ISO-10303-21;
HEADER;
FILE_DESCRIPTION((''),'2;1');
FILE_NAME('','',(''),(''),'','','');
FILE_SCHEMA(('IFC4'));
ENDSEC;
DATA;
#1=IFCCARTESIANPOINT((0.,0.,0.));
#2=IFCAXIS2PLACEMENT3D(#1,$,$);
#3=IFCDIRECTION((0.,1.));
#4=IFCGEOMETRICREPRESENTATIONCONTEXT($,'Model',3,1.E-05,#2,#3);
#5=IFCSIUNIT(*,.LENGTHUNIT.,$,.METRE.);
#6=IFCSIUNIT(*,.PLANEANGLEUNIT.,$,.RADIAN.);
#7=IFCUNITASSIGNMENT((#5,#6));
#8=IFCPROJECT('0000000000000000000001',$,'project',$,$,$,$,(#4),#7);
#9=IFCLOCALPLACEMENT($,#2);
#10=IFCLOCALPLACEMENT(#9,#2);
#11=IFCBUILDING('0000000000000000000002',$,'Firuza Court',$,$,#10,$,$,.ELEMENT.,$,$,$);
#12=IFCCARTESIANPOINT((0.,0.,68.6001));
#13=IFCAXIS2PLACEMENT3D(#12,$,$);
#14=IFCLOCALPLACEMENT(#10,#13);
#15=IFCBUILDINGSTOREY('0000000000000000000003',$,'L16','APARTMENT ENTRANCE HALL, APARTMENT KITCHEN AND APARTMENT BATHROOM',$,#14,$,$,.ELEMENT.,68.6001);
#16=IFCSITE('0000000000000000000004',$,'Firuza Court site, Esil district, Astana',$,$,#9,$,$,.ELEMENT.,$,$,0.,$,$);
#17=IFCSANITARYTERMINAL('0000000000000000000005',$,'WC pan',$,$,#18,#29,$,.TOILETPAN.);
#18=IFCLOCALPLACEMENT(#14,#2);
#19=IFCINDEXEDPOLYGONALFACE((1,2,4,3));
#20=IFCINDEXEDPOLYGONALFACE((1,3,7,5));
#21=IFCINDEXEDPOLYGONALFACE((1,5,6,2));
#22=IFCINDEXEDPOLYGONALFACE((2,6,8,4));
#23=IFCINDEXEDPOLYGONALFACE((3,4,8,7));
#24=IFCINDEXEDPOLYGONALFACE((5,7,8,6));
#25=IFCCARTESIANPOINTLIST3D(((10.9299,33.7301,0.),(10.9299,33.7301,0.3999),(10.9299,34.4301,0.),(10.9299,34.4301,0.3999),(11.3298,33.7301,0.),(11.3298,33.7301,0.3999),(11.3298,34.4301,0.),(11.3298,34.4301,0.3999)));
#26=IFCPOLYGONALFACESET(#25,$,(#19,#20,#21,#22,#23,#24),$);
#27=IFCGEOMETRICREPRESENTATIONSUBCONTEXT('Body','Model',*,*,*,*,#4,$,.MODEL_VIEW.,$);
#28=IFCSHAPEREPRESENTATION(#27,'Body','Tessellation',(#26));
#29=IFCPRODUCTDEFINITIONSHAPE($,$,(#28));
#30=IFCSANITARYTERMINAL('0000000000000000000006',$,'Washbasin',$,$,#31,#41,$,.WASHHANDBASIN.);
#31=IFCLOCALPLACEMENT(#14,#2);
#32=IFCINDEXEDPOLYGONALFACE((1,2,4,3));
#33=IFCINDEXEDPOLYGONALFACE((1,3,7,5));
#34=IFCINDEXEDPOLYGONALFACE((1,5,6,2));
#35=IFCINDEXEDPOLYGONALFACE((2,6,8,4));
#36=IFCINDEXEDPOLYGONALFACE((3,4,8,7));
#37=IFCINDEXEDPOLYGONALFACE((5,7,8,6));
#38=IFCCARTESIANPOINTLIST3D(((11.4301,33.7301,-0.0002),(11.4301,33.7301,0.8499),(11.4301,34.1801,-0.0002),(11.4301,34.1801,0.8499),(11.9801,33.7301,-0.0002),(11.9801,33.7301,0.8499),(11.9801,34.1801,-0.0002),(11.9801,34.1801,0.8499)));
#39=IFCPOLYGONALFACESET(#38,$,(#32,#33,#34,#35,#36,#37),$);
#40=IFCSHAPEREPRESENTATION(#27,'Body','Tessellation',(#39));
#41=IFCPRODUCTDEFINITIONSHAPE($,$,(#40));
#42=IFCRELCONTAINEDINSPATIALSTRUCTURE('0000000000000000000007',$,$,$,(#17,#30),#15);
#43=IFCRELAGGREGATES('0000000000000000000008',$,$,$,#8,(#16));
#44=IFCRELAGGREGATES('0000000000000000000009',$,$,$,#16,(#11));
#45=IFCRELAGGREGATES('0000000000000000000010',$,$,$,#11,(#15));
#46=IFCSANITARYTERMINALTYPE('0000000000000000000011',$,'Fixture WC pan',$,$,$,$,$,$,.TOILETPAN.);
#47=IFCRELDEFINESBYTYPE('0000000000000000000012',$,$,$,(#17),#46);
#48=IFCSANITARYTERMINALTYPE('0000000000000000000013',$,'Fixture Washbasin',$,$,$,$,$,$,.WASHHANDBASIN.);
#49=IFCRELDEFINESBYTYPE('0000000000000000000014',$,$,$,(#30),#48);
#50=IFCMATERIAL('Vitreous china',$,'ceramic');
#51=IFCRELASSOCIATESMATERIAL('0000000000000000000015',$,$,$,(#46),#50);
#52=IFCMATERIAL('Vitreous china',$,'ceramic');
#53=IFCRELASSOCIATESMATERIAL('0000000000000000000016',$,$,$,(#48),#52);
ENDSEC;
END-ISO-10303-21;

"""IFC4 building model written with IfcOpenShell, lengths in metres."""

from ifc_helpers import new_model, si_unit, direction, frame, origin, origin_2d, place, context, subcontext, project, spatial, rectangle, extrude, material, type_object, element, save


model = new_model("IFC4")

# Units and contexts
model_context = context("Model", 3, precision=1e-05, world=origin(), true_north=direction((0.0, 1.0)))
body_context = subcontext(model_context, "Body", "Model", "MODEL_VIEW")
ifc_project = project(units=[si_unit("LENGTHUNIT", "METRE"), si_unit("PLANEANGLEUNIT", "RADIAN")], contexts=[model_context])

# Site, building, storey
site_placement = place(None, origin())
site = spatial("IfcSite", under=ifc_project, at=site_placement, Name="Firuza Court site, Esil district, Astana", CompositionType="ELEMENT", RefElevation=0.0)
building_placement = place(site_placement, origin())
building = spatial("IfcBuilding", under=site, at=building_placement, Name="Firuza Court", CompositionType="ELEMENT")
storey_placement = place(building_placement, frame((0.0, 0.0, 68.6001)))
storey = spatial("IfcBuildingStorey", under=building, at=storey_placement, Name="L16", Description="APARTMENT ENTRANCE HALL, APARTMENT KITCHEN AND APARTMENT BATHROOM", CompositionType="ELEMENT", Elevation=68.6001)

# Sanitary terminals
ifc_material_1 = material(Name="Vitreous china", Category="ceramic")
sanitary_terminal_type_1 = type_object("IfcSanitaryTerminalType", Name="Fixture WC pan", PredefinedType="TOILETPAN", material=ifc_material_1)
sanitary_terminal_1_placement = place(storey_placement, frame((11.1299, 34.0801, 0.0), z_axis=(0.0, 0.0, 1.0), x_axis=(1.0, 0.0, 0.0)))
element("IfcSanitaryTerminal", 1, at=sanitary_terminal_1_placement, inside=storey, type_object=sanitary_terminal_type_1, Name="WC pan", PredefinedType="TOILETPAN", context=body_context, shape_type="SweptSolid", body=[
    extrude(rectangle(XDim=0.3999, YDim=0.7, at=origin_2d()), origin(), (0.0, 0.0, 1.0), 0.3999),
])
ifc_material_2 = material(Name="Vitreous china", Category="ceramic")
sanitary_terminal_type_2 = type_object("IfcSanitaryTerminalType", Name="Fixture Washbasin", PredefinedType="WASHHANDBASIN", material=ifc_material_2)
sanitary_terminal_2_placement = place(storey_placement, frame((11.7051, 33.9551, -0.0002), z_axis=(0.0, 0.0, 1.0), x_axis=(1.0, 0.0, 0.0)))
element("IfcSanitaryTerminal", 2, at=sanitary_terminal_2_placement, inside=storey, type_object=sanitary_terminal_type_2, Name="Washbasin", PredefinedType="WASHHANDBASIN", context=body_context, shape_type="SweptSolid", body=[
    extrude(rectangle(XDim=0.55, YDim=0.45, at=origin_2d()), origin(), (0.0, 0.0, 1.0), 0.8501),
])

save(model, "model.ifc")
